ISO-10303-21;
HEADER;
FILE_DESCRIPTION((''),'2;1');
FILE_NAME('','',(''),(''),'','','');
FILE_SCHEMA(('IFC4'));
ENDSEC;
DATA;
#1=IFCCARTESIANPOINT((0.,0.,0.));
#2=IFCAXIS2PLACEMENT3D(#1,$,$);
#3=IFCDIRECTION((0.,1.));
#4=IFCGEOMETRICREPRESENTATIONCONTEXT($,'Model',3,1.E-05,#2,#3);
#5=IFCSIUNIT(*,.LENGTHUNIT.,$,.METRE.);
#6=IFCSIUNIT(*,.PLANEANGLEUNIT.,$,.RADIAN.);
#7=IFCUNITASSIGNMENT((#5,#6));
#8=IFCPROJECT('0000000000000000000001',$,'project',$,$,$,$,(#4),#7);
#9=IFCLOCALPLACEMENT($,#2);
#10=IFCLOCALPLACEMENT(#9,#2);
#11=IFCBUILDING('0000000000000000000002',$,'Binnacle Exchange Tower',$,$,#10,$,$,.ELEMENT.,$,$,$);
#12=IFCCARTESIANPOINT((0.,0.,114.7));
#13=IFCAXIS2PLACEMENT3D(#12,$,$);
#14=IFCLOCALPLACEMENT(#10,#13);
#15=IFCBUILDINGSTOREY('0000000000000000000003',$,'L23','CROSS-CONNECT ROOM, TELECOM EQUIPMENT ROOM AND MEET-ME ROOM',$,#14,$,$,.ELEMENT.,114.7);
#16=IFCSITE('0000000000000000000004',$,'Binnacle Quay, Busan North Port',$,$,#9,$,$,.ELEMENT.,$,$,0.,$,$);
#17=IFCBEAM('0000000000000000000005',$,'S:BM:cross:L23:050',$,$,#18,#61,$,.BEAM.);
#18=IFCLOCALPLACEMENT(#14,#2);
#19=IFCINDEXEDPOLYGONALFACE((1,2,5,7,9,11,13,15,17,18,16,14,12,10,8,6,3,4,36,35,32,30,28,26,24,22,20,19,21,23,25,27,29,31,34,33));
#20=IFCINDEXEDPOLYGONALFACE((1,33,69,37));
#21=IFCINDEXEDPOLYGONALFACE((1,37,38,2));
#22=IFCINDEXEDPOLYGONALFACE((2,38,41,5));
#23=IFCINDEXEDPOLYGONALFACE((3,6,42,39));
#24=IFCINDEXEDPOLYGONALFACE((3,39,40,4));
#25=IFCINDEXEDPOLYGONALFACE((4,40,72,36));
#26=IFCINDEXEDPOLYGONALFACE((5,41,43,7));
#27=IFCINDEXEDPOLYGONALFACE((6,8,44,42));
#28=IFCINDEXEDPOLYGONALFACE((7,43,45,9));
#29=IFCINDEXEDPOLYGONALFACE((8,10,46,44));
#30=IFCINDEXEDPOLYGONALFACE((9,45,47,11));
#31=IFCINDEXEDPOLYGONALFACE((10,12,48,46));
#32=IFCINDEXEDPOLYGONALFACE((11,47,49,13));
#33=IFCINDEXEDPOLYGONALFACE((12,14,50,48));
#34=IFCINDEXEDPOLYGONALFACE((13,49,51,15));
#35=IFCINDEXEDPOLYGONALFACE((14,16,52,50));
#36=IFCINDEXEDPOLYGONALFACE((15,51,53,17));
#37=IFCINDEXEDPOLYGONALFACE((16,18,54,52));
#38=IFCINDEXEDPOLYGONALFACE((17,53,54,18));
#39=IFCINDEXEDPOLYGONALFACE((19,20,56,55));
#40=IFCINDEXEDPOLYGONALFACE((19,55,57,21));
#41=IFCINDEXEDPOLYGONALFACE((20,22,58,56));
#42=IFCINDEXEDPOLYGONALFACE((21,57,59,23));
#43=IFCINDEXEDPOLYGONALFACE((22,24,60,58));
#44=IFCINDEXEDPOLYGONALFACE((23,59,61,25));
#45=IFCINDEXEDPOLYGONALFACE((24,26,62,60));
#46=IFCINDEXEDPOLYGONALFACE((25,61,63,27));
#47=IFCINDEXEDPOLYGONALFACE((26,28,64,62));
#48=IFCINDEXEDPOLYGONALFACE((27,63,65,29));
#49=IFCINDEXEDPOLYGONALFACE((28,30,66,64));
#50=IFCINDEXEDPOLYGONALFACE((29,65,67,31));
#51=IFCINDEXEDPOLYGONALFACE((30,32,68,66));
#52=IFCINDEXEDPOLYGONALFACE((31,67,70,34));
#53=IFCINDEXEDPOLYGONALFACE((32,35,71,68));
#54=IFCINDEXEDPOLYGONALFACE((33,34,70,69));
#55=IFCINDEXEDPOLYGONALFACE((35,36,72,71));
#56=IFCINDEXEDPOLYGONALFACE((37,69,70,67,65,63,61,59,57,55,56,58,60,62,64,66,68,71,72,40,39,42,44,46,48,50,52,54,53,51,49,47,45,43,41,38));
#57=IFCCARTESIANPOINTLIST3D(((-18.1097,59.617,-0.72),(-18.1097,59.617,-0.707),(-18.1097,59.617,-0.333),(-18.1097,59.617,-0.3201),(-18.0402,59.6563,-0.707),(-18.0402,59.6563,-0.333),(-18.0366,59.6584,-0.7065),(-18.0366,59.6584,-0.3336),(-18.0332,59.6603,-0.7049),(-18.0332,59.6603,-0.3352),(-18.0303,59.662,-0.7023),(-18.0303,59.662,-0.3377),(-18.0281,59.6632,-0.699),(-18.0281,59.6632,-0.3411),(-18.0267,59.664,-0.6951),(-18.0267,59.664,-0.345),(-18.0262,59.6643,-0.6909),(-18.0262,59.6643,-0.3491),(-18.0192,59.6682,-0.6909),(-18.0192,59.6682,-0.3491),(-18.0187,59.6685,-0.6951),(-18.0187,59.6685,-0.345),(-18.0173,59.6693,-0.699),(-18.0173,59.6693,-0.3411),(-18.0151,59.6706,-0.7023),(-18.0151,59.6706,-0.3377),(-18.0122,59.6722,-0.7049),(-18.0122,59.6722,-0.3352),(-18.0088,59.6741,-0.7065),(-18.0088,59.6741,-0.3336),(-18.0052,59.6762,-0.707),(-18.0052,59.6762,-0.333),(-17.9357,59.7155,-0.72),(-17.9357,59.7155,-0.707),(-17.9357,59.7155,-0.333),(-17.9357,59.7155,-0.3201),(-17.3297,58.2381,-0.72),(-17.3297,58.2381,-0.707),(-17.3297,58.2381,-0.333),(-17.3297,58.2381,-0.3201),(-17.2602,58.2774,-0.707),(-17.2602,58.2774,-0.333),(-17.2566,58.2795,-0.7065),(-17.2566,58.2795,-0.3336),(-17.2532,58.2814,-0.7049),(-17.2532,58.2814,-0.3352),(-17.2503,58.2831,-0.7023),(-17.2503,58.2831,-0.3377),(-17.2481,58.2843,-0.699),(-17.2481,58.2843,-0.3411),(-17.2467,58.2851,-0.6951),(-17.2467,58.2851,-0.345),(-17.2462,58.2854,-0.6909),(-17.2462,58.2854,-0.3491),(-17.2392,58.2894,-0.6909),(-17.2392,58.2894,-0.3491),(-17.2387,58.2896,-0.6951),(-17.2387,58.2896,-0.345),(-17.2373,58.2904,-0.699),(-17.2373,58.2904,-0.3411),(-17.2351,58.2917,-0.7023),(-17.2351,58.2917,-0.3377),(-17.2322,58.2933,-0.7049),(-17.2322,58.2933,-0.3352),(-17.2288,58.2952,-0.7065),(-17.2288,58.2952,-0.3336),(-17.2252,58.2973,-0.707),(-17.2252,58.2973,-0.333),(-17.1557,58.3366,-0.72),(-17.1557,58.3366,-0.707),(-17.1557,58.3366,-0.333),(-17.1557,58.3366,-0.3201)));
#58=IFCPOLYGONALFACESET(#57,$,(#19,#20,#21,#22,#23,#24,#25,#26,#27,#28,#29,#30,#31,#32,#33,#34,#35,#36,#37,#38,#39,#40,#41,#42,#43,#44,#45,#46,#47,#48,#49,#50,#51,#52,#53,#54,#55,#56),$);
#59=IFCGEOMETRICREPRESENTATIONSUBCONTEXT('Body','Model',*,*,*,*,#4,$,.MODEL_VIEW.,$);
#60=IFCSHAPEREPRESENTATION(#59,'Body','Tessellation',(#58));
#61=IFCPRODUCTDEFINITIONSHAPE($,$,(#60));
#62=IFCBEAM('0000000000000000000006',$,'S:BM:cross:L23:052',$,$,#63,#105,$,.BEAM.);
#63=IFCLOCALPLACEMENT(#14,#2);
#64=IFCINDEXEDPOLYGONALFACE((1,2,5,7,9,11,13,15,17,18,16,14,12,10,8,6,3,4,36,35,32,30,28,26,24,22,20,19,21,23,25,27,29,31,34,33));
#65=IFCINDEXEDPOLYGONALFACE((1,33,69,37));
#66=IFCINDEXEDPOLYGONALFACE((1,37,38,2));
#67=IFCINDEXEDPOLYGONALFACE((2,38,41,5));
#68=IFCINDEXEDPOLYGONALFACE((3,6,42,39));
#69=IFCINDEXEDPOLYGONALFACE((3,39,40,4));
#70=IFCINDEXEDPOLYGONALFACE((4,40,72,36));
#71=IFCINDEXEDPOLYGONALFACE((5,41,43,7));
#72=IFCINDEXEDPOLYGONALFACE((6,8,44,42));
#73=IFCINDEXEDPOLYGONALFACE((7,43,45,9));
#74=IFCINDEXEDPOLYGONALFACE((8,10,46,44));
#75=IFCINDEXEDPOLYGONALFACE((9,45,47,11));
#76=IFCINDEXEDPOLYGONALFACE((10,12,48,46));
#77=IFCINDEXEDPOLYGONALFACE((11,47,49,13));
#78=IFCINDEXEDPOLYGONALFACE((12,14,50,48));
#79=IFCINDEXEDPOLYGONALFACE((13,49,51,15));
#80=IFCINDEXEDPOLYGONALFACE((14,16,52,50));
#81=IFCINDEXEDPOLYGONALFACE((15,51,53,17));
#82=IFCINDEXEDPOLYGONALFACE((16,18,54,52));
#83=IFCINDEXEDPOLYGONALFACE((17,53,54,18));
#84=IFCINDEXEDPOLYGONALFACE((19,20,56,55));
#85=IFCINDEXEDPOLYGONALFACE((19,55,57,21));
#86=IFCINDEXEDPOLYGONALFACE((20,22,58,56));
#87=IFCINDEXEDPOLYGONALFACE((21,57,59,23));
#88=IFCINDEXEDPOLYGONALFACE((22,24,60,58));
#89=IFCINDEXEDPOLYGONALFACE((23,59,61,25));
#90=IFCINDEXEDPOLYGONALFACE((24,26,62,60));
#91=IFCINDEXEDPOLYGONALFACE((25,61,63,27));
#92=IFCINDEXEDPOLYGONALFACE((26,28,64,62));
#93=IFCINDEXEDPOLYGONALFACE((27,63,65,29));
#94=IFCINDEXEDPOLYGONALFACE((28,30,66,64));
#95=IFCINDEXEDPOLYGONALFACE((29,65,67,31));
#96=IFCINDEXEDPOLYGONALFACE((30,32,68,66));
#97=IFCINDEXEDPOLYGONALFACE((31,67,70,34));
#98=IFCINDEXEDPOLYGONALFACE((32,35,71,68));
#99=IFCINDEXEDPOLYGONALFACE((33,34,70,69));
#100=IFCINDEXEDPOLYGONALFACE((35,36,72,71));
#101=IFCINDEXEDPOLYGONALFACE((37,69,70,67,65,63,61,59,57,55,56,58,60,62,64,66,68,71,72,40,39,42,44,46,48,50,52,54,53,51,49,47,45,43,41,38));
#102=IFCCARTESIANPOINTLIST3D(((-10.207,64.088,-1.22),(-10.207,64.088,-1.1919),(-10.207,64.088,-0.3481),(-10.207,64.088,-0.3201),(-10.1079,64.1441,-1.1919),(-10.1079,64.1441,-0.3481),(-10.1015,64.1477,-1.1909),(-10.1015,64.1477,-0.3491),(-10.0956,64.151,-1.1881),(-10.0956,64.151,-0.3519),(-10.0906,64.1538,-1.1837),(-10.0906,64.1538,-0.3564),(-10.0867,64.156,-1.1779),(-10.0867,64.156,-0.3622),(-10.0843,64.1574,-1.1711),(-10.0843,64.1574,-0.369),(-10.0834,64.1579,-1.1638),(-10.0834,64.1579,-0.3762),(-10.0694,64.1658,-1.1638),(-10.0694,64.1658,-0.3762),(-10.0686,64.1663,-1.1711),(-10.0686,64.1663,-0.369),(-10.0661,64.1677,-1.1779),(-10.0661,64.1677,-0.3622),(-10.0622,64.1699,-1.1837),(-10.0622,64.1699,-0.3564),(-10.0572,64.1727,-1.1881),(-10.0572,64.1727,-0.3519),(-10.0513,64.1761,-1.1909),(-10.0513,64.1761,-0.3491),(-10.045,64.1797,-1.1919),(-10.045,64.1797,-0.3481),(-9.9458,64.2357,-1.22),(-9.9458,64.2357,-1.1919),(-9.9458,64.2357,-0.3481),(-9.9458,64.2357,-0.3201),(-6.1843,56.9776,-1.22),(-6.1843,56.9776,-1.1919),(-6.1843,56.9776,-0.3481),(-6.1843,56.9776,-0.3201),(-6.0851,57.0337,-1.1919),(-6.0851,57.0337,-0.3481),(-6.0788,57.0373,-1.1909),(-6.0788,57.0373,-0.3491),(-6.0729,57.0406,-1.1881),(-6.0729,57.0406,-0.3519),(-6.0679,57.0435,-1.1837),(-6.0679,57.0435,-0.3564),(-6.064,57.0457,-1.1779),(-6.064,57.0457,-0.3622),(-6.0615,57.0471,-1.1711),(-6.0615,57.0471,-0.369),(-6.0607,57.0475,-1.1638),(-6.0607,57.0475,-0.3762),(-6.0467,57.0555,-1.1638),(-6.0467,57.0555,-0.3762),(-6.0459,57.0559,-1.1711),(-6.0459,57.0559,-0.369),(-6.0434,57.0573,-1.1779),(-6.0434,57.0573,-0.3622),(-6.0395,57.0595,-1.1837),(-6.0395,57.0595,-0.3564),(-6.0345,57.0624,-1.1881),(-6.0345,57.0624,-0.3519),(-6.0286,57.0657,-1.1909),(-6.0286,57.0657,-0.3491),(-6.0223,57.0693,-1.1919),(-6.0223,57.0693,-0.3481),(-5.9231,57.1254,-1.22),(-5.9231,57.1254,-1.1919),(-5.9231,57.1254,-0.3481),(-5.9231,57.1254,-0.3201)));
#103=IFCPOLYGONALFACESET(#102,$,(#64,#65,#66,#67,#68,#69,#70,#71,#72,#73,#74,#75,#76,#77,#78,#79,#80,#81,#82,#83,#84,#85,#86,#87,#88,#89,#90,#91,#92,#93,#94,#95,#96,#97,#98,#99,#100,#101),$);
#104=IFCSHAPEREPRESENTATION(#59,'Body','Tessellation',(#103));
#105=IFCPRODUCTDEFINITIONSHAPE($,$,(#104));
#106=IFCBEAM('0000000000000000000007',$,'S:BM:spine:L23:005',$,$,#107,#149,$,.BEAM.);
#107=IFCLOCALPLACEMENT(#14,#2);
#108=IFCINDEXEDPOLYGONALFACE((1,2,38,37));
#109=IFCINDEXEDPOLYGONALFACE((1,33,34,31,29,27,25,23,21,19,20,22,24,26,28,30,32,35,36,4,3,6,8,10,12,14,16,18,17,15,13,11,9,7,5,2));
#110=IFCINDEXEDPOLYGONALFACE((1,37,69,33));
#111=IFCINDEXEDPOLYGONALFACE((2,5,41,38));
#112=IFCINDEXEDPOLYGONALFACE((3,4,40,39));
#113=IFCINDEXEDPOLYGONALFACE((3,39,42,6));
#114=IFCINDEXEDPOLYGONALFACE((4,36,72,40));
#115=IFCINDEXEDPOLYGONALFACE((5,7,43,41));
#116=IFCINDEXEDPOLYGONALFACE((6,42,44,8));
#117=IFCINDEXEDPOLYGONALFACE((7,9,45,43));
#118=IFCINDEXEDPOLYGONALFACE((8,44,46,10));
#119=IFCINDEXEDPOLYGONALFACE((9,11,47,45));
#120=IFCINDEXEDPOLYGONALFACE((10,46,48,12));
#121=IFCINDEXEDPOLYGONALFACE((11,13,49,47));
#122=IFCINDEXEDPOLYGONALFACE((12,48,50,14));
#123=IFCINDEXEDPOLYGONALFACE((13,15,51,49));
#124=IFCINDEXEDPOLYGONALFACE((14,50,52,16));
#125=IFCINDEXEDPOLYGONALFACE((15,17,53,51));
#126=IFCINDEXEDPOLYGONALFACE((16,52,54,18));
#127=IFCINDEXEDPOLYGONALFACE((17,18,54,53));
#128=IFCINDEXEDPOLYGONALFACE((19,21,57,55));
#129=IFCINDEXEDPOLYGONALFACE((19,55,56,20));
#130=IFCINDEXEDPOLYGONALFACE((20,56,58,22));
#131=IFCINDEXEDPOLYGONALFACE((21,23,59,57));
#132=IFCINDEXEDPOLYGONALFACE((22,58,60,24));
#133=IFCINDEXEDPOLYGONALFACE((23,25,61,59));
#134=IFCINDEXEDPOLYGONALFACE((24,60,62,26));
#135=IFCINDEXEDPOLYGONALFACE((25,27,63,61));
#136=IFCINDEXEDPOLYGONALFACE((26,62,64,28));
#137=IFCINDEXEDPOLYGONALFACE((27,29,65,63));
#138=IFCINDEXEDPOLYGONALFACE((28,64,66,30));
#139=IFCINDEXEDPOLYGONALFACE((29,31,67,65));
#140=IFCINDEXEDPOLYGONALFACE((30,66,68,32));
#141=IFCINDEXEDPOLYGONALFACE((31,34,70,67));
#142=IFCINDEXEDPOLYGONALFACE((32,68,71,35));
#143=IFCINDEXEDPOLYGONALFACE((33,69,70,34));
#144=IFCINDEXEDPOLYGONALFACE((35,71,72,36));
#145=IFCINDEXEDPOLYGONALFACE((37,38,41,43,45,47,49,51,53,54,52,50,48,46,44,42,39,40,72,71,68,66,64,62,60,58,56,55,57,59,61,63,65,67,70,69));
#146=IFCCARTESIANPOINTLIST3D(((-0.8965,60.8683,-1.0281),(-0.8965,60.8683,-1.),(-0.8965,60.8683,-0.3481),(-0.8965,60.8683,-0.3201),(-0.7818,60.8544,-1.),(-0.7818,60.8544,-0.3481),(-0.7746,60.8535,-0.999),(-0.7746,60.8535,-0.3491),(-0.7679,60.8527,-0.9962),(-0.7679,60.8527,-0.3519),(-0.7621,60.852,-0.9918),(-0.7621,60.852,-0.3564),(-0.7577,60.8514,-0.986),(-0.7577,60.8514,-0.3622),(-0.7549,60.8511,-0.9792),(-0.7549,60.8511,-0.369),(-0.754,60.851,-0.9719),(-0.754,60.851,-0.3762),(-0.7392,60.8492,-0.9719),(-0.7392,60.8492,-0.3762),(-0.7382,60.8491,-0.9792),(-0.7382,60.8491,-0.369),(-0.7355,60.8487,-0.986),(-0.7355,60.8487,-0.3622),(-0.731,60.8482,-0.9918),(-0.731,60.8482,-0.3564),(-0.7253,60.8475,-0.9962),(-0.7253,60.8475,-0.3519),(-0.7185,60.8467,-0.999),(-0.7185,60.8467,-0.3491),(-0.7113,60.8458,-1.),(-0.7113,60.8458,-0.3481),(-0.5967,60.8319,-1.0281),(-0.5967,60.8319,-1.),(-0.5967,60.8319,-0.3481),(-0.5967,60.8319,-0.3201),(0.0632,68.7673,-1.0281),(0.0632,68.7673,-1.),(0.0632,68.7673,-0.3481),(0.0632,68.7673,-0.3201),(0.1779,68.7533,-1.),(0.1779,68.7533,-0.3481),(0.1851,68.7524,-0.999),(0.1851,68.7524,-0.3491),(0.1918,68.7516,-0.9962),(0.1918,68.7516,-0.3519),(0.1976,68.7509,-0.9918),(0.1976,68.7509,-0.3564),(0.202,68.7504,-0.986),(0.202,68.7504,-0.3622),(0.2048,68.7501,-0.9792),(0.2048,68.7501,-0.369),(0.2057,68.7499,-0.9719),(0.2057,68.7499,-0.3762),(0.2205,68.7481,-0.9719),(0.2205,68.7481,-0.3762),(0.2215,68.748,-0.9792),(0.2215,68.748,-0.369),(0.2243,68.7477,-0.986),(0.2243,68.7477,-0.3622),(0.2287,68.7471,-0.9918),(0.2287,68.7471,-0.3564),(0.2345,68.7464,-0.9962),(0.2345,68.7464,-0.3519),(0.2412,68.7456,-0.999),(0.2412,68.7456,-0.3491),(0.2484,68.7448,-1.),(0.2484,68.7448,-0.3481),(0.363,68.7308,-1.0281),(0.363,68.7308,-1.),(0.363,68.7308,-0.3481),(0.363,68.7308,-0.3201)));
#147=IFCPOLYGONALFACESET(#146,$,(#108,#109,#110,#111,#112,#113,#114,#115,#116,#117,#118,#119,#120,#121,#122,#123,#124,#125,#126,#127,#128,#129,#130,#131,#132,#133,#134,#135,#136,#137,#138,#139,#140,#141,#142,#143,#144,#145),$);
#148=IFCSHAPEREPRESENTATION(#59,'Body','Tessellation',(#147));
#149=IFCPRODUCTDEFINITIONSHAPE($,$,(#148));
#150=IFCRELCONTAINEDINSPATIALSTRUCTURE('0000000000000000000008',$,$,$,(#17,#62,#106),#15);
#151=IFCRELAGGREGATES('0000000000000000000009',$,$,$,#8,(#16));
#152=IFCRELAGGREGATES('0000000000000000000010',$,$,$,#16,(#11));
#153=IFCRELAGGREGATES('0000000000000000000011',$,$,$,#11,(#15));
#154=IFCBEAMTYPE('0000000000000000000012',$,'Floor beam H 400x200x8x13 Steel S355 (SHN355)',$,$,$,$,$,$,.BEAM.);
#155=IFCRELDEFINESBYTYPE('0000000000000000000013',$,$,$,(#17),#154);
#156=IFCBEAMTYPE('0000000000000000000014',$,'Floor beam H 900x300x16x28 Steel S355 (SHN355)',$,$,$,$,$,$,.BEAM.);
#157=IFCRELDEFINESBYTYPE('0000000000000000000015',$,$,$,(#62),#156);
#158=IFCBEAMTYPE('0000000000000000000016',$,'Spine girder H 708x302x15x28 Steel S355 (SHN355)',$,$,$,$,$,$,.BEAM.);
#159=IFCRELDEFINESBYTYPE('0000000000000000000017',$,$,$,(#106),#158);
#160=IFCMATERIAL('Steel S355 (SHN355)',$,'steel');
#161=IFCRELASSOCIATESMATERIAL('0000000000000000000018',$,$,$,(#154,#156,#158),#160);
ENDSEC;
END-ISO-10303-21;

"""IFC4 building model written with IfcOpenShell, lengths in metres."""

from ifc_helpers import new_model, si_unit, direction, frame, origin, origin_2d, place, context, subcontext, project, spatial, i_section, extrude, material, material_profile, profile_set, type_object, element, save


model = new_model("IFC4")

# Units and contexts
model_context = context("Model", 3, precision=1e-05, world=origin(), true_north=direction((0.0, 1.0)))
body_context = subcontext(model_context, "Body", "Model", "MODEL_VIEW")
ifc_project = project(units=[si_unit("LENGTHUNIT", "METRE"), si_unit("PLANEANGLEUNIT", "RADIAN")], contexts=[model_context])

# Site, building, storey
site_placement = place(None, origin())
site = spatial("IfcSite", under=ifc_project, at=site_placement, Name="Binnacle Quay, Busan North Port", CompositionType="ELEMENT", RefElevation=0.0)
building_placement = place(site_placement, origin())
building = spatial("IfcBuilding", under=site, at=building_placement, Name="Binnacle Exchange Tower", CompositionType="ELEMENT")
storey_placement = place(building_placement, frame((0.0, 0.0, 114.7)))
storey = spatial("IfcBuildingStorey", under=building, at=storey_placement, Name="L23", Description="CROSS-CONNECT ROOM, TELECOM EQUIPMENT ROOM AND MEET-ME ROOM", CompositionType="ELEMENT", Elevation=114.7)

# Beams
ifc_material_1 = material(Name="Steel S355 (SHN355)", Category="steel")
ifc_material_profile_1 = material_profile(ifc_material_1, i_section(OverallWidth=0.2, OverallDepth=0.3999, WebThickness=0.0081, FlangeThickness=0.0129, FilletRadius=0.0161, at=origin_2d()), Name="H 400x200x8x13")
ifc_profile_set_1 = profile_set([ifc_material_profile_1], Name="Steel S355 (SHN355)")
beam_type_1 = type_object("IfcBeamType", Name="Floor beam H 400x200x8x13 Steel S355 (SHN355)", PredefinedType="BEAM", material=ifc_profile_set_1)
beam_1_placement = place(storey_placement, frame((-18.0227, 59.6663, -0.52), z_axis=(0.492367, -0.870388, 0.0), x_axis=(0.870388, 0.492367, 0.0)))
element("IfcBeam", 1, at=beam_1_placement, inside=storey, type_object=beam_type_1, Name="S:BM:cross:L23:050", PredefinedType="BEAM", context=body_context, shape_type="SweptSolid", body=[
    extrude(i_section(OverallWidth=0.2, OverallDepth=0.3999, WebThickness=0.0081, FlangeThickness=0.0129, FilletRadius=0.0161, at=origin_2d()), origin(), (0.0, 0.0, 1.0), 1.5842),
])
ifc_material_profile_2 = material_profile(ifc_material_1, i_section(OverallWidth=0.3, OverallDepth=0.8999, WebThickness=0.0161, FlangeThickness=0.0281, FilletRadius=0.0281, at=origin_2d()), Name="H 900x300x16x28")
ifc_profile_set_2 = profile_set([ifc_material_profile_2], Name="Steel S355 (SHN355)")
beam_type_2 = type_object("IfcBeamType", Name="Floor beam H 900x300x16x28 Steel S355 (SHN355)", PredefinedType="BEAM", material=ifc_profile_set_2)
beam_2_placement = place(storey_placement, frame((-10.0764, 64.1619, -0.77), z_axis=(0.492411, -0.870363, 0.0), x_axis=(0.870363, 0.492411, 0.0)))
element("IfcBeam", 2, at=beam_2_placement, inside=storey, type_object=beam_type_2, Name="S:BM:cross:L23:052", PredefinedType="BEAM", context=body_context, shape_type="SweptSolid", body=[
    extrude(i_section(OverallWidth=0.3, OverallDepth=0.8999, WebThickness=0.0161, FlangeThickness=0.0281, FilletRadius=0.0281, at=origin_2d()), origin(), (0.0, 0.0, 1.0), 8.1694),
])
ifc_material_profile_3 = material_profile(ifc_material_1, i_section(OverallWidth=0.302, OverallDepth=0.708, WebThickness=0.0149, FlangeThickness=0.0281, FilletRadius=0.0281, at=origin_2d()), Name="H 708x302x15x28")
ifc_profile_set_3 = profile_set([ifc_material_profile_3], Name="Steel S355 (SHN355)")
beam_type_3 = type_object("IfcBeamType", Name="Spine girder H 708x302x15x28 Steel S355 (SHN355)", PredefinedType="BEAM", material=ifc_profile_set_3)
beam_3_placement = place(storey_placement, frame((-0.7466, 60.8501, -0.6741), z_axis=(0.120613, 0.9927, 0.0), x_axis=(-0.9927, 0.120613, 0.0)))
element("IfcBeam", 3, at=beam_3_placement, inside=storey, type_object=beam_type_3, Name="S:BM:spine:L23:005", PredefinedType="BEAM", context=body_context, shape_type="SweptSolid", body=[
    extrude(i_section(OverallWidth=0.302, OverallDepth=0.708, WebThickness=0.0149, FlangeThickness=0.0281, FilletRadius=0.0281, at=origin_2d()), origin(), (0.0, 0.0, 1.0), 7.957),
])

save(model, "model.ifc")
